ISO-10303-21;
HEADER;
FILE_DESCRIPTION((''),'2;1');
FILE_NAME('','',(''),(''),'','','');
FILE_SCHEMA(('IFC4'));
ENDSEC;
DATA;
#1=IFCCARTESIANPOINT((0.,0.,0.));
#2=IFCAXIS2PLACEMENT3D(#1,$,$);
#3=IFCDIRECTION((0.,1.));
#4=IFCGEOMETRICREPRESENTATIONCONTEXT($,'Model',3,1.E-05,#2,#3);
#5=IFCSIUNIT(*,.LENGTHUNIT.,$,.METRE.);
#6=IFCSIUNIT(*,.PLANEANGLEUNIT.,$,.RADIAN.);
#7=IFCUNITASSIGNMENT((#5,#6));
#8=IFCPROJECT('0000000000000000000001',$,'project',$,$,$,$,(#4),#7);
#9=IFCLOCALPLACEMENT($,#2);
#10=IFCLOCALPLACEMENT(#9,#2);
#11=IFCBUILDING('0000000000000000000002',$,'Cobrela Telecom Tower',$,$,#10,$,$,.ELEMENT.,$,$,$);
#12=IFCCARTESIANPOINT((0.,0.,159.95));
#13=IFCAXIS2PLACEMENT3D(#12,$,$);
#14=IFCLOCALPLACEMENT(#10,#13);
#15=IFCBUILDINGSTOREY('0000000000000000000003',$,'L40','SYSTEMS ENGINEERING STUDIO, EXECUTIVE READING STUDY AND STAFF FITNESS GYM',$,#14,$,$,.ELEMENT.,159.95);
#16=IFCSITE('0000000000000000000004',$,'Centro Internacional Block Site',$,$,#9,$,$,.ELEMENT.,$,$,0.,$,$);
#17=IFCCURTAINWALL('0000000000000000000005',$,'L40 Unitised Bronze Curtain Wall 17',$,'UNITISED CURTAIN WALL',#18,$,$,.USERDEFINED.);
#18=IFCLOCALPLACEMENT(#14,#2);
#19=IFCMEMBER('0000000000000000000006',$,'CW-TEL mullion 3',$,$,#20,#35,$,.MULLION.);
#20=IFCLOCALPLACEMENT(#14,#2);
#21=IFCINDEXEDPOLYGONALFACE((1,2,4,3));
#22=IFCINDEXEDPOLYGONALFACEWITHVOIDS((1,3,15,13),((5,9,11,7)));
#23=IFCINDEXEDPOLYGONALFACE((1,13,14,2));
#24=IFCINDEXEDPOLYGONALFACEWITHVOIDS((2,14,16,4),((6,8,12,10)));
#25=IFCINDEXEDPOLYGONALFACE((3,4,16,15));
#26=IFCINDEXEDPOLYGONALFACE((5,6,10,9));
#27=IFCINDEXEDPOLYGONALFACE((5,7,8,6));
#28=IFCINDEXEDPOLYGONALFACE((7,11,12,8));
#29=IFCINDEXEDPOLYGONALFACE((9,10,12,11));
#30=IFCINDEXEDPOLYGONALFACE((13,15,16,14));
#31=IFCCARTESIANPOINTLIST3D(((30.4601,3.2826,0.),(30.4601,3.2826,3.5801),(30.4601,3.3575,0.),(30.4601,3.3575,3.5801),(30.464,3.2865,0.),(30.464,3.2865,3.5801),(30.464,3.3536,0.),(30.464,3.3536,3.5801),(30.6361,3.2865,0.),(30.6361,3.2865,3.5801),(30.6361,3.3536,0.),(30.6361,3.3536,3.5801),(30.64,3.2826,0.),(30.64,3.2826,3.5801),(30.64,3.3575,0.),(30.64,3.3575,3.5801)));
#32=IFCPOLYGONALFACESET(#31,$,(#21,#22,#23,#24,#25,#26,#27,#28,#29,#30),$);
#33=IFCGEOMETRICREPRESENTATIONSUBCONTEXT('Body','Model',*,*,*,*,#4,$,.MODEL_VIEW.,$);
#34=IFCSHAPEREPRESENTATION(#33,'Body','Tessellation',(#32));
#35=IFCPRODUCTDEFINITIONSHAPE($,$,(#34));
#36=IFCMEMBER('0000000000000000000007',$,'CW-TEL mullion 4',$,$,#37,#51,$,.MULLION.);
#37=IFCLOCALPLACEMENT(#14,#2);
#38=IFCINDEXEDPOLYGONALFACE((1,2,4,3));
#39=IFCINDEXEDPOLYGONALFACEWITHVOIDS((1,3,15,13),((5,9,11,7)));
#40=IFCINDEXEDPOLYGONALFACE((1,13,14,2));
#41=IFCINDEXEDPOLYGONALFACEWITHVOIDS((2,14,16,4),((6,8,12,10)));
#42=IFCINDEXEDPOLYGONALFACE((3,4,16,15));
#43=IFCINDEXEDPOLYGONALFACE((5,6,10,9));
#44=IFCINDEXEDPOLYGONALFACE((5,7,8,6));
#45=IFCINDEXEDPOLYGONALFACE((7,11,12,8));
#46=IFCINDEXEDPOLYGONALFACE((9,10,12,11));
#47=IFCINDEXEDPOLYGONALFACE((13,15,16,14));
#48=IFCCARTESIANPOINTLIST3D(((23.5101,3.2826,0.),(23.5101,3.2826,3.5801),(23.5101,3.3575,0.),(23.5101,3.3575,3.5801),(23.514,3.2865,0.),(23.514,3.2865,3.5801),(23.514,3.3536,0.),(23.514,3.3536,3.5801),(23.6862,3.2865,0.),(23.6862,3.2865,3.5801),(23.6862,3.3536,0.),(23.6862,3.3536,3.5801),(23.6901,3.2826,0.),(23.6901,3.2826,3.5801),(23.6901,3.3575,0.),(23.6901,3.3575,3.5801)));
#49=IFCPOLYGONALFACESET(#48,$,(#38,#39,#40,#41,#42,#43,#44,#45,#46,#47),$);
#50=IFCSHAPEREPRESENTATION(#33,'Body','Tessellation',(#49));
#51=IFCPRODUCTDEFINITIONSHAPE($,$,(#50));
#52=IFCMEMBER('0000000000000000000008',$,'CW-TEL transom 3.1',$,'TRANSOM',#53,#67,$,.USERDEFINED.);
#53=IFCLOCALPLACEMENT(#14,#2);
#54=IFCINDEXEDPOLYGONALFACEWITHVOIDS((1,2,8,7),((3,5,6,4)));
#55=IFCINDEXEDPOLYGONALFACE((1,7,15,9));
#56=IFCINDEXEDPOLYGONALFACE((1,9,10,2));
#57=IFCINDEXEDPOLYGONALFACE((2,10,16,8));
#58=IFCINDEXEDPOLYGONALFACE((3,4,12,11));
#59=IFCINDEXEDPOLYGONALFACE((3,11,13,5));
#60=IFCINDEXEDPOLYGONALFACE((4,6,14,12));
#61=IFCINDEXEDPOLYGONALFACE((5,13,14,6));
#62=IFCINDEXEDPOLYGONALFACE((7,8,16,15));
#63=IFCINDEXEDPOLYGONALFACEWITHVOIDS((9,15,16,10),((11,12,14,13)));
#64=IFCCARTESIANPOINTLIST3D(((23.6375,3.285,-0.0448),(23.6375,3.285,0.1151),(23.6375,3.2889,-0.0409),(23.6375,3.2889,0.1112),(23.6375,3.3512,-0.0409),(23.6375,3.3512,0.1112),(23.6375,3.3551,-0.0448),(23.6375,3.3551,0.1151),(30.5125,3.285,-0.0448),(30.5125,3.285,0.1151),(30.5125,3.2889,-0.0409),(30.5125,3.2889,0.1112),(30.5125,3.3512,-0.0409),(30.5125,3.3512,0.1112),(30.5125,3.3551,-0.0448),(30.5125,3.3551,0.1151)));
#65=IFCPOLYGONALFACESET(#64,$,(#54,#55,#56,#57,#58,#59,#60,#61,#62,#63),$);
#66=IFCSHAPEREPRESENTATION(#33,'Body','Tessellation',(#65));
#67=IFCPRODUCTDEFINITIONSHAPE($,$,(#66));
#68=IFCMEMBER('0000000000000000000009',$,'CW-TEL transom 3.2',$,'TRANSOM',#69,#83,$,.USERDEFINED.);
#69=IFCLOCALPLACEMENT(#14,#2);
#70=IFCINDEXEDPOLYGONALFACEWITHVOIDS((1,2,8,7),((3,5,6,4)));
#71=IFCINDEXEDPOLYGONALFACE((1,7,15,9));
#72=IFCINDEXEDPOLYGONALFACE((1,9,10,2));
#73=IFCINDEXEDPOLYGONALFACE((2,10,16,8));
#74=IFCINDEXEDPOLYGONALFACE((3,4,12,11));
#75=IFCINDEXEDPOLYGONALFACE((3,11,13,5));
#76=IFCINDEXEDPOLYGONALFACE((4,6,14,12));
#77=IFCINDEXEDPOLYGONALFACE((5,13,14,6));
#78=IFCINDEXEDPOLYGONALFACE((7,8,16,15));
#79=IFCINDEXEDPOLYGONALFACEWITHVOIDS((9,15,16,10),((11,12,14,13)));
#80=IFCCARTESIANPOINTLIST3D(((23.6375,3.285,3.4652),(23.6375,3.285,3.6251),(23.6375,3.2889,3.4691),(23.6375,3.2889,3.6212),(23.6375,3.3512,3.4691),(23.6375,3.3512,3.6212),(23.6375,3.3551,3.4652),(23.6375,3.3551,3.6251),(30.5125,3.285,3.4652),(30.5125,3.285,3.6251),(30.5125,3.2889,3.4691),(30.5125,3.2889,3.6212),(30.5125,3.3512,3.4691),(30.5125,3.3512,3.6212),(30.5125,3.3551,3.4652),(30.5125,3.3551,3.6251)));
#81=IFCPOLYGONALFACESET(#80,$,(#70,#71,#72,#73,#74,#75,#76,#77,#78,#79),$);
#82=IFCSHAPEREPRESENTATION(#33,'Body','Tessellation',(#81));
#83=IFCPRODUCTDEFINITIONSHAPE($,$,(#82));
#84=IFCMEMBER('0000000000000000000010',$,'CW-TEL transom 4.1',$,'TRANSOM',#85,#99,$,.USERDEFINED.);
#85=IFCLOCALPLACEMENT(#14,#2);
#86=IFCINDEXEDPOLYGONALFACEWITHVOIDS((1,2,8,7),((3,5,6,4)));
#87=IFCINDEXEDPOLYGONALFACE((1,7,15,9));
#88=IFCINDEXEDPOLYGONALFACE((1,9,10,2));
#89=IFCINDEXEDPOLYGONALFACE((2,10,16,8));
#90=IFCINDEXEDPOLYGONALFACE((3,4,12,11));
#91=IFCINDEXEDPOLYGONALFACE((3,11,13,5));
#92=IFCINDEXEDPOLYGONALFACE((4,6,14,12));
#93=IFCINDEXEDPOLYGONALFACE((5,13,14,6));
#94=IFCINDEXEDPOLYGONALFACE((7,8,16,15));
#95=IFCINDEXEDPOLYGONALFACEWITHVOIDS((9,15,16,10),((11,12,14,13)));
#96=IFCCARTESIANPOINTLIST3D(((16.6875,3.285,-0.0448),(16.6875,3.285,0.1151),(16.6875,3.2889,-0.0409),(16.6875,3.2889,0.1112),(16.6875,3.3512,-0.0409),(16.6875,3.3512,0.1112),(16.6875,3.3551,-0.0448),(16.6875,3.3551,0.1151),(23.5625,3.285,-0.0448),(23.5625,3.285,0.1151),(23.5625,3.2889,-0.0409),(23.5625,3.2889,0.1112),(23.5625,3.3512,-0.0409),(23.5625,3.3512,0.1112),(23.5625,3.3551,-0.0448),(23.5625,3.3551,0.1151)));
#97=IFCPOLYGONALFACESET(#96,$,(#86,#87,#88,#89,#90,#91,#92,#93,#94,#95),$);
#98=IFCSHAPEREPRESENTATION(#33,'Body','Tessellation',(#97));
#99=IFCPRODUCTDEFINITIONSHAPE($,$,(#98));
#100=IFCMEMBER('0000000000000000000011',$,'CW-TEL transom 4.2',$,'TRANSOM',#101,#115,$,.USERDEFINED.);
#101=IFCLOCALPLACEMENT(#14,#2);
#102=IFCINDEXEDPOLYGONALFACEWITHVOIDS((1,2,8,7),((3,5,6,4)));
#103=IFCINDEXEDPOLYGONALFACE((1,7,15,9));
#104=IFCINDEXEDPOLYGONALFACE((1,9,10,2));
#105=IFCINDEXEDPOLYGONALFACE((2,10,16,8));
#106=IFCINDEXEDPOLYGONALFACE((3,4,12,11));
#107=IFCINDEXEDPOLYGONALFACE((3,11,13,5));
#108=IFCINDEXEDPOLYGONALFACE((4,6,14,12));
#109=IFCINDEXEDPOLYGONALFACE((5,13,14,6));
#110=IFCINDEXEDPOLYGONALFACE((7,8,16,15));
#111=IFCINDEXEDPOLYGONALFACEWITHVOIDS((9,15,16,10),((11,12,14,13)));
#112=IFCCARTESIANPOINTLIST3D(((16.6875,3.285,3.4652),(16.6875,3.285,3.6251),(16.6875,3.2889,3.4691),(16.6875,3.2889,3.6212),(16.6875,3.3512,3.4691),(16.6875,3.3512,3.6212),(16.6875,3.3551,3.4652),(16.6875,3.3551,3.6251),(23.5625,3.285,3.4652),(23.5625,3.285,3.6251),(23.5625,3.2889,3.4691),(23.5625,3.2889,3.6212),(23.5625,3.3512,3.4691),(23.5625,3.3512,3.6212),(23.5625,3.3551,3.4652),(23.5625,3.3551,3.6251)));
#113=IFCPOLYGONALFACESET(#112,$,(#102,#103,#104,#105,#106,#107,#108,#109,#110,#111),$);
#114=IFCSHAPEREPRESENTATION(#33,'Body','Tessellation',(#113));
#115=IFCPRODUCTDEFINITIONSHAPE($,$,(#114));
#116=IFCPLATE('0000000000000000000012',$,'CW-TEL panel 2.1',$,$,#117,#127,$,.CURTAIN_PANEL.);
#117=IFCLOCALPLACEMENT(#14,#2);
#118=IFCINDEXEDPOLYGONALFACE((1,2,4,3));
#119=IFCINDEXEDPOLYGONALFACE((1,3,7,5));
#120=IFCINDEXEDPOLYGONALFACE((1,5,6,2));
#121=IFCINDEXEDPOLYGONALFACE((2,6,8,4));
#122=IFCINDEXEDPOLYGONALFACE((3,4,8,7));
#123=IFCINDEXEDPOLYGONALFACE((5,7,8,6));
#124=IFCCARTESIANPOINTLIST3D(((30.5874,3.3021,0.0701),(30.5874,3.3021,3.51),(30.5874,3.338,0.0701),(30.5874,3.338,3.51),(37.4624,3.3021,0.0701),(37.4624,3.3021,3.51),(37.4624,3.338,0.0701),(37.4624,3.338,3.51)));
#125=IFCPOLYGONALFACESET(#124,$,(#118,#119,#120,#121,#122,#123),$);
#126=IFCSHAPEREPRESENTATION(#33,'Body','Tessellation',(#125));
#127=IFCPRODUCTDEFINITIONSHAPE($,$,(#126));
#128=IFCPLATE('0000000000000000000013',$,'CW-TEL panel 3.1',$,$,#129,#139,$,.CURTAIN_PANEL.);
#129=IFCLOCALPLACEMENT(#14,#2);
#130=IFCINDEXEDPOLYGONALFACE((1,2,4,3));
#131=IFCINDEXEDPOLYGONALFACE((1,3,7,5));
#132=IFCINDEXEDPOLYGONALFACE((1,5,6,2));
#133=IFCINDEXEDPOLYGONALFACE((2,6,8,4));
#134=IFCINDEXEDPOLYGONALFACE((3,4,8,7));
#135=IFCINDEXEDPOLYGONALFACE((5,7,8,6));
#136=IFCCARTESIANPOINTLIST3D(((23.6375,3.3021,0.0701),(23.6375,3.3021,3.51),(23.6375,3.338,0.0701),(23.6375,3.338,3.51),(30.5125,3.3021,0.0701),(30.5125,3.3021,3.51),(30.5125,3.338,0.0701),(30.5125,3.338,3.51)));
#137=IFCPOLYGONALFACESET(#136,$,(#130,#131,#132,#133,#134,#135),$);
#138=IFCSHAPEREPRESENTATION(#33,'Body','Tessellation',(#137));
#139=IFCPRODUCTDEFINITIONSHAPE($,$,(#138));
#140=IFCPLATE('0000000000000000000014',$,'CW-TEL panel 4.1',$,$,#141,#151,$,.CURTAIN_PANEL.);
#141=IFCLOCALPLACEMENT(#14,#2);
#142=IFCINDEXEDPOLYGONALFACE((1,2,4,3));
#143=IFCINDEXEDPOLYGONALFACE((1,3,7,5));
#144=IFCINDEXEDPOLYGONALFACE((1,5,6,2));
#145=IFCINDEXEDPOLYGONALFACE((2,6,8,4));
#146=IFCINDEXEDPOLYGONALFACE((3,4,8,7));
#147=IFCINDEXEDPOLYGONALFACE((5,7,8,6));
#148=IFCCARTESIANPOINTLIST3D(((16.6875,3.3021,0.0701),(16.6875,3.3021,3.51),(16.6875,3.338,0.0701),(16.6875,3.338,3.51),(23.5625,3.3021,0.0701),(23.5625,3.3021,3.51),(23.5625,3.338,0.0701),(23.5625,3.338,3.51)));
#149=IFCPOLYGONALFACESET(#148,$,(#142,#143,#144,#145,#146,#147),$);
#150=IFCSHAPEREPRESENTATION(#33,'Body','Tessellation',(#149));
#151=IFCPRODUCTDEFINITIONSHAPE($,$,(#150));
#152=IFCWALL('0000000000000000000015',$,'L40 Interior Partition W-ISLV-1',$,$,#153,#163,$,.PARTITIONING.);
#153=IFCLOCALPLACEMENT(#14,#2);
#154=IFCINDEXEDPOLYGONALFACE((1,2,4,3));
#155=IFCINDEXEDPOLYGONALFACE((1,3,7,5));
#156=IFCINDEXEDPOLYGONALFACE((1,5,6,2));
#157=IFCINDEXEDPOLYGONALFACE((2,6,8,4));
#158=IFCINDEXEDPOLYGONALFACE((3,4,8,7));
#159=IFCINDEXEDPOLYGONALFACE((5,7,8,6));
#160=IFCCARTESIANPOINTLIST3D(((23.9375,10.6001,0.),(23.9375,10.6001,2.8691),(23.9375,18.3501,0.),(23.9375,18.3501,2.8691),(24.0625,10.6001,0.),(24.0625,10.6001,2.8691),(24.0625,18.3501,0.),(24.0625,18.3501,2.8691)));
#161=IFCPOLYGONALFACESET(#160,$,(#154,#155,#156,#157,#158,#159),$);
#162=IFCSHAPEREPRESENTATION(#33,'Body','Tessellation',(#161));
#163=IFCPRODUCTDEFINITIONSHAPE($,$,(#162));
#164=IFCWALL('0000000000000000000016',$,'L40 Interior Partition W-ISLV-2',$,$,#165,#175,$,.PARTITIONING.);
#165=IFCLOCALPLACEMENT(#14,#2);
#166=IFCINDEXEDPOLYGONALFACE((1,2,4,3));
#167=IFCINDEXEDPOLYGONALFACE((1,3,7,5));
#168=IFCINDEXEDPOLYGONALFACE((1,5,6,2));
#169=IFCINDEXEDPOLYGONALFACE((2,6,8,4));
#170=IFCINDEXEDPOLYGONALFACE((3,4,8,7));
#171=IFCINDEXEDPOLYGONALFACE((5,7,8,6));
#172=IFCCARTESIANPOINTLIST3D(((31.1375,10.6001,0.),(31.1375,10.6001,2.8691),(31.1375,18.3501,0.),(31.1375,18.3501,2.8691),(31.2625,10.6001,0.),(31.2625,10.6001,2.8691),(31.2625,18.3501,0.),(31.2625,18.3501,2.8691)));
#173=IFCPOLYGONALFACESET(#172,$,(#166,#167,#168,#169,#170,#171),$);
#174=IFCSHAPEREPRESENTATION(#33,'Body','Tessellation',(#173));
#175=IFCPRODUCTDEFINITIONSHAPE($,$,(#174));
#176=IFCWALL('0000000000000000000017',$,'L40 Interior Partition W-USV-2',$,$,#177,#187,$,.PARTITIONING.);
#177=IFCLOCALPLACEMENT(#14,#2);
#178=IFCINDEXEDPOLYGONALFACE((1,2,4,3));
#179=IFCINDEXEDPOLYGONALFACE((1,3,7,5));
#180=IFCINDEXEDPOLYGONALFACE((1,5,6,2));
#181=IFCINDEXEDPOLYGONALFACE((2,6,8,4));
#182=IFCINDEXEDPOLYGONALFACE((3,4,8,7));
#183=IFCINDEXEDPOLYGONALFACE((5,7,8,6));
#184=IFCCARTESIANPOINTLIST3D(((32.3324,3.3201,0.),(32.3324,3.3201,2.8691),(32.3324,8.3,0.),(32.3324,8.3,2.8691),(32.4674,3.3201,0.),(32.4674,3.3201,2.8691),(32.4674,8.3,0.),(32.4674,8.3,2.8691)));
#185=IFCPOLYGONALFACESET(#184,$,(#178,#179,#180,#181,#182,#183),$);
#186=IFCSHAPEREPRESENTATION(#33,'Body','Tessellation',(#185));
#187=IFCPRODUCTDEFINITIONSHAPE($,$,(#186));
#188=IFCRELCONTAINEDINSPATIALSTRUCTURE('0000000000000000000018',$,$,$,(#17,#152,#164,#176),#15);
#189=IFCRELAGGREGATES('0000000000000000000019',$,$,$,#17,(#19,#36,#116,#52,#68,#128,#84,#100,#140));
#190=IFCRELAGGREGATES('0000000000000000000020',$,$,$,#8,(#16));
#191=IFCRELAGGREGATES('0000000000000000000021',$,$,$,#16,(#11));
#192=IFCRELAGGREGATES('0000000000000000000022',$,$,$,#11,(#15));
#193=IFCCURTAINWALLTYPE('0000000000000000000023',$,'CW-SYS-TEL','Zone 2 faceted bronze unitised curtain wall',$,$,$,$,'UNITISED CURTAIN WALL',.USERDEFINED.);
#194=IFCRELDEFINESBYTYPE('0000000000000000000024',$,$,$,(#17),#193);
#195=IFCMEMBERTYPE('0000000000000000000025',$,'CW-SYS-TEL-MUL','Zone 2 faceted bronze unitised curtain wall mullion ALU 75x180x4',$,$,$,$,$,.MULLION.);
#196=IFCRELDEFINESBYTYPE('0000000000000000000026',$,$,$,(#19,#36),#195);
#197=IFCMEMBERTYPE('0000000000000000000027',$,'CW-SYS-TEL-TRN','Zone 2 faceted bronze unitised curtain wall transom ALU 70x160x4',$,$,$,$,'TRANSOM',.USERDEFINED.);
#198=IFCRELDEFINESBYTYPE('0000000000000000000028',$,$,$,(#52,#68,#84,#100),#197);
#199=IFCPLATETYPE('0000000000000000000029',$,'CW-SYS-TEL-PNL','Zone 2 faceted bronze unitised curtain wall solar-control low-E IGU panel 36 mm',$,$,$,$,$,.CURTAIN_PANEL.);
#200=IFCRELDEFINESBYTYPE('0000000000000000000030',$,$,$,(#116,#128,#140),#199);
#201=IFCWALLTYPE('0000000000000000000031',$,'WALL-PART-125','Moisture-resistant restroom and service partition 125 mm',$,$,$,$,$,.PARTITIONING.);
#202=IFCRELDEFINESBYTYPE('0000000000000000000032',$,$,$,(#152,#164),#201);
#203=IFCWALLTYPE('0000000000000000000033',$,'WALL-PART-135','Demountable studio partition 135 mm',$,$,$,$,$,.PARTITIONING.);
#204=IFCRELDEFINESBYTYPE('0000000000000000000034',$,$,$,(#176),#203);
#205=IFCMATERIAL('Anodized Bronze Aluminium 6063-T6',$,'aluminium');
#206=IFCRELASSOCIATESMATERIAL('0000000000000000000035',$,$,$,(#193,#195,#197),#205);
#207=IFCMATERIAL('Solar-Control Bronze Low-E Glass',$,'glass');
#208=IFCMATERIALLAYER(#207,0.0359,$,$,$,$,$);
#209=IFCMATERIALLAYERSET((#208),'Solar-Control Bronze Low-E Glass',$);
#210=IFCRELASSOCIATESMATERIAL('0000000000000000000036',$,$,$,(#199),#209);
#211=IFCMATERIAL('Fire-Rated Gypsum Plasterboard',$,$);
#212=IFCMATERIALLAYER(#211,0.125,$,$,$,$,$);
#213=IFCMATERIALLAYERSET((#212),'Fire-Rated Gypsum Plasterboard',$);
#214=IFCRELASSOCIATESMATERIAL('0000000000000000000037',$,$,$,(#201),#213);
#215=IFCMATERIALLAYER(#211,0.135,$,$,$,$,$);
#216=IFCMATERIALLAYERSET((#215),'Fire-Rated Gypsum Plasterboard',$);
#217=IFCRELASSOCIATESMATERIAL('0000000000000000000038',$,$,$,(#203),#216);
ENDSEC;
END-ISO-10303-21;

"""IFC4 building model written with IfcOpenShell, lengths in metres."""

from ifc_helpers import new_model, si_unit, direction, frame, frame_2d, origin, origin_2d, place, context, subcontext, project, spatial, rectangle, hollow_rectangle, extrude, material, layer, layer_set, material_profile, profile_set, type_object, element, aggregate, save


model = new_model("IFC4")

# Units and contexts
model_context = context("Model", 3, precision=1e-05, world=origin(), true_north=direction((0.0, 1.0)))
body_context = subcontext(model_context, "Body", "Model", "MODEL_VIEW")
ifc_project = project(units=[si_unit("LENGTHUNIT", "METRE"), si_unit("PLANEANGLEUNIT", "RADIAN")], contexts=[model_context])

# Site, building, storey
site_placement = place(None, origin())
site = spatial("IfcSite", under=ifc_project, at=site_placement, Name="Centro Internacional Block Site", CompositionType="ELEMENT", RefElevation=0.0)
building_placement = place(site_placement, origin())
building = spatial("IfcBuilding", under=site, at=building_placement, Name="Cobrela Telecom Tower", CompositionType="ELEMENT")
storey_placement = place(building_placement, frame((0.0, 0.0, 159.95)))
storey = spatial("IfcBuildingStorey", under=building, at=storey_placement, Name="L40", Description="SYSTEMS ENGINEERING STUDIO, EXECUTIVE READING STUDY AND STAFF FITNESS GYM", CompositionType="ELEMENT", Elevation=159.95)

# Curtain wall, members, plates
ifc_material_1 = material(Name="Anodized Bronze Aluminium 6063-T6", Category="aluminium")
curtain_wall_type = type_object("IfcCurtainWallType", Name="CW-SYS-TEL", Description="Zone 2 faceted bronze unitised curtain wall", ElementType="UNITISED CURTAIN WALL", PredefinedType="USERDEFINED", material=ifc_material_1)
curtain_wall_placement = place(storey_placement, origin())
curtain_wall = element("IfcCurtainWall", 1, at=curtain_wall_placement, inside=storey, type_object=curtain_wall_type, Name="L40 Unitised Bronze Curtain Wall 17", ObjectType="UNITISED CURTAIN WALL", PredefinedType="USERDEFINED")
ifc_material_profile_1 = material_profile(ifc_material_1, hollow_rectangle(XDim=0.075, YDim=0.1799, WallThickness=0.0039, at=origin_2d()), Name="ALU 75x180x4")
ifc_profile_set_1 = profile_set([ifc_material_profile_1], Name="Anodized Bronze Aluminium 6063-T6")
member_type_1 = type_object("IfcMemberType", Name="CW-SYS-TEL-MUL", Description="Zone 2 faceted bronze unitised curtain wall mullion ALU 75x180x4", PredefinedType="MULLION", material=ifc_profile_set_1)
member_1_placement = place(storey_placement, frame((30.55, 3.3201, 0.0), z_axis=(0.0, 0.0, 1.0), x_axis=(0.0, -1.0, 0.0)))
member_1 = element("IfcMember", 2, at=member_1_placement, type_object=member_type_1, Name="CW-TEL mullion 3", PredefinedType="MULLION", context=body_context, shape_type="SweptSolid", body=[
    extrude(hollow_rectangle(XDim=0.075, YDim=0.1799, WallThickness=0.0039, at=origin_2d()), origin(), (0.0, 0.0, 1.0), 3.5801),
])
member_2_placement = place(storey_placement, frame((23.6001, 3.3201, 0.0), z_axis=(0.0, 0.0, 1.0), x_axis=(0.0, -1.0, 0.0)))
member_2 = element("IfcMember", 3, at=member_2_placement, type_object=member_type_1, Name="CW-TEL mullion 4", PredefinedType="MULLION", context=body_context, shape_type="SweptSolid", body=[
    extrude(hollow_rectangle(XDim=0.075, YDim=0.1799, WallThickness=0.0039, at=origin_2d()), origin(), (0.0, 0.0, 1.0), 3.5801),
])
ifc_material_profile_2 = material_profile(ifc_material_1, hollow_rectangle(XDim=0.0701, YDim=0.1599, WallThickness=0.0039, at=origin_2d()), Name="ALU 70x160x4")
ifc_profile_set_2 = profile_set([ifc_material_profile_2], Name="Anodized Bronze Aluminium 6063-T6")
member_type_2 = type_object("IfcMemberType", Name="CW-SYS-TEL-TRN", Description="Zone 2 faceted bronze unitised curtain wall transom ALU 70x160x4", ElementType="TRANSOM", PredefinedType="USERDEFINED", material=ifc_profile_set_2)
member_3_placement = place(storey_placement, frame((30.5125, 3.3201, 0.0352), z_axis=(-1.0, 0.0, 0.0), x_axis=(0.0, -1.0, 0.0)))
member_3 = element("IfcMember", 4, at=member_3_placement, type_object=member_type_2, Name="CW-TEL transom 3.1", ObjectType="TRANSOM", PredefinedType="USERDEFINED", context=body_context, shape_type="SweptSolid", body=[
    extrude(hollow_rectangle(XDim=0.0701, YDim=0.1599, WallThickness=0.0039, at=origin_2d()), origin(), (0.0, 0.0, 1.0), 6.875),
])
member_4_placement = place(storey_placement, frame((30.5125, 3.3201, 3.5452), z_axis=(-1.0, 0.0, 0.0), x_axis=(0.0, -1.0, 0.0)))
member_4 = element("IfcMember", 5, at=member_4_placement, type_object=member_type_2, Name="CW-TEL transom 3.2", ObjectType="TRANSOM", PredefinedType="USERDEFINED", context=body_context, shape_type="SweptSolid", body=[
    extrude(hollow_rectangle(XDim=0.0701, YDim=0.1599, WallThickness=0.0039, at=origin_2d()), origin(), (0.0, 0.0, 1.0), 6.875),
])
member_5_placement = place(storey_placement, frame((23.5625, 3.3201, 0.0352), z_axis=(-1.0, 0.0, 0.0), x_axis=(0.0, -1.0, 0.0)))
member_5 = element("IfcMember", 6, at=member_5_placement, type_object=member_type_2, Name="CW-TEL transom 4.1", ObjectType="TRANSOM", PredefinedType="USERDEFINED", context=body_context, shape_type="SweptSolid", body=[
    extrude(hollow_rectangle(XDim=0.0701, YDim=0.1599, WallThickness=0.0039, at=origin_2d()), origin(), (0.0, 0.0, 1.0), 6.875),
])
member_6_placement = place(storey_placement, frame((23.5625, 3.3201, 3.5452), z_axis=(-1.0, 0.0, 0.0), x_axis=(0.0, -1.0, 0.0)))
member_6 = element("IfcMember", 7, at=member_6_placement, type_object=member_type_2, Name="CW-TEL transom 4.2", ObjectType="TRANSOM", PredefinedType="USERDEFINED", context=body_context, shape_type="SweptSolid", body=[
    extrude(hollow_rectangle(XDim=0.0701, YDim=0.1599, WallThickness=0.0039, at=origin_2d()), origin(), (0.0, 0.0, 1.0), 6.875),
])
ifc_material_2 = material(Name="Solar-Control Bronze Low-E Glass", Category="glass")
ifc_layer_1 = layer(ifc_material_2, 0.0359)
ifc_layer_set_1 = layer_set([ifc_layer_1], Name="Solar-Control Bronze Low-E Glass")
plate_type = type_object("IfcPlateType", Name="CW-SYS-TEL-PNL", Description="Zone 2 faceted bronze unitised curtain wall solar-control low-E IGU panel 36 mm", PredefinedType="CURTAIN_PANEL", material=ifc_layer_set_1)
plate_1_placement = place(storey_placement, frame((34.0249, 3.3201, 0.0701), z_axis=(0.0, 0.0, 1.0), x_axis=(-1.0, 0.0, 0.0)))
plate_1 = element("IfcPlate", 8, at=plate_1_placement, type_object=plate_type, Name="CW-TEL panel 2.1", PredefinedType="CURTAIN_PANEL", context=body_context, shape_type="SweptSolid", body=[
    extrude(rectangle(XDim=6.875, YDim=0.0359, at=origin_2d()), origin(), (0.0, 0.0, 1.0), 3.4399),
])
plate_2_placement = place(storey_placement, frame((27.075, 3.3201, 0.0701), z_axis=(0.0, 0.0, 1.0), x_axis=(-1.0, 0.0, 0.0)))
plate_2 = element("IfcPlate", 9, at=plate_2_placement, type_object=plate_type, Name="CW-TEL panel 3.1", PredefinedType="CURTAIN_PANEL", context=body_context, shape_type="SweptSolid", body=[
    extrude(rectangle(XDim=6.875, YDim=0.0359, at=origin_2d()), origin(), (0.0, 0.0, 1.0), 3.4399),
])
plate_3_placement = place(storey_placement, frame((20.125, 3.3201, 0.0701), z_axis=(0.0, 0.0, 1.0), x_axis=(-1.0, 0.0, 0.0)))
plate_3 = element("IfcPlate", 10, at=plate_3_placement, type_object=plate_type, Name="CW-TEL panel 4.1", PredefinedType="CURTAIN_PANEL", context=body_context, shape_type="SweptSolid", body=[
    extrude(rectangle(XDim=6.875, YDim=0.0359, at=origin_2d()), origin(), (0.0, 0.0, 1.0), 3.4399),
])
aggregate(curtain_wall, [member_1, member_2, plate_1, member_3, member_4, plate_2, member_5, member_6, plate_3])

# Walls
ifc_material_3 = material(Name="Fire-Rated Gypsum Plasterboard")
ifc_layer_2 = layer(ifc_material_3, 0.125)
ifc_layer_set_2 = layer_set([ifc_layer_2], Name="Fire-Rated Gypsum Plasterboard")
wall_type_1 = type_object("IfcWallType", Name="WALL-PART-125", Description="Moisture-resistant restroom and service partition 125 mm", PredefinedType="PARTITIONING", material=ifc_layer_set_2)
for number, where, z_axis, x_axis, name in (
    (11, (24.0, 10.6001, 0.0), (0.0, 0.0, 1.0), (0.0, 1.0, 0.0), "L40 Interior Partition W-ISLV-1"),
    (12, (31.2, 10.6001, 0.0), (0.0, 0.0, 1.0), (0.0, 1.0, 0.0), "L40 Interior Partition W-ISLV-2"),
):
    element("IfcWall", number, at=place(storey_placement, frame(where, z_axis=z_axis, x_axis=x_axis)), inside=storey, type_object=wall_type_1, Name=name, PredefinedType="PARTITIONING", context=body_context, shape_type="SweptSolid", body=[
        extrude(rectangle(XDim=7.75, YDim=0.125, at=frame_2d((3.875, 0.0))), origin(), (0.0, 0.0, 1.0), 2.8691),
    ])
ifc_layer_3 = layer(ifc_material_3, 0.135)
ifc_layer_set_3 = layer_set([ifc_layer_3], Name="Fire-Rated Gypsum Plasterboard")
wall_type_2 = type_object("IfcWallType", Name="WALL-PART-135", Description="Demountable studio partition 135 mm", PredefinedType="PARTITIONING", material=ifc_layer_set_3)
wall_1_placement = place(storey_placement, frame((32.3999, 3.3201, 0.0), z_axis=(0.0, 0.0, 1.0), x_axis=(0.0, 1.0, 0.0)))
element("IfcWall", 13, at=wall_1_placement, inside=storey, type_object=wall_type_2, Name="L40 Interior Partition W-USV-2", PredefinedType="PARTITIONING", context=body_context, shape_type="SweptSolid", body=[
    extrude(rectangle(XDim=4.98, YDim=0.135, at=frame_2d((2.49, 0.0))), origin(), (0.0, 0.0, 1.0), 2.8691),
])

save(model, "model.ifc")
